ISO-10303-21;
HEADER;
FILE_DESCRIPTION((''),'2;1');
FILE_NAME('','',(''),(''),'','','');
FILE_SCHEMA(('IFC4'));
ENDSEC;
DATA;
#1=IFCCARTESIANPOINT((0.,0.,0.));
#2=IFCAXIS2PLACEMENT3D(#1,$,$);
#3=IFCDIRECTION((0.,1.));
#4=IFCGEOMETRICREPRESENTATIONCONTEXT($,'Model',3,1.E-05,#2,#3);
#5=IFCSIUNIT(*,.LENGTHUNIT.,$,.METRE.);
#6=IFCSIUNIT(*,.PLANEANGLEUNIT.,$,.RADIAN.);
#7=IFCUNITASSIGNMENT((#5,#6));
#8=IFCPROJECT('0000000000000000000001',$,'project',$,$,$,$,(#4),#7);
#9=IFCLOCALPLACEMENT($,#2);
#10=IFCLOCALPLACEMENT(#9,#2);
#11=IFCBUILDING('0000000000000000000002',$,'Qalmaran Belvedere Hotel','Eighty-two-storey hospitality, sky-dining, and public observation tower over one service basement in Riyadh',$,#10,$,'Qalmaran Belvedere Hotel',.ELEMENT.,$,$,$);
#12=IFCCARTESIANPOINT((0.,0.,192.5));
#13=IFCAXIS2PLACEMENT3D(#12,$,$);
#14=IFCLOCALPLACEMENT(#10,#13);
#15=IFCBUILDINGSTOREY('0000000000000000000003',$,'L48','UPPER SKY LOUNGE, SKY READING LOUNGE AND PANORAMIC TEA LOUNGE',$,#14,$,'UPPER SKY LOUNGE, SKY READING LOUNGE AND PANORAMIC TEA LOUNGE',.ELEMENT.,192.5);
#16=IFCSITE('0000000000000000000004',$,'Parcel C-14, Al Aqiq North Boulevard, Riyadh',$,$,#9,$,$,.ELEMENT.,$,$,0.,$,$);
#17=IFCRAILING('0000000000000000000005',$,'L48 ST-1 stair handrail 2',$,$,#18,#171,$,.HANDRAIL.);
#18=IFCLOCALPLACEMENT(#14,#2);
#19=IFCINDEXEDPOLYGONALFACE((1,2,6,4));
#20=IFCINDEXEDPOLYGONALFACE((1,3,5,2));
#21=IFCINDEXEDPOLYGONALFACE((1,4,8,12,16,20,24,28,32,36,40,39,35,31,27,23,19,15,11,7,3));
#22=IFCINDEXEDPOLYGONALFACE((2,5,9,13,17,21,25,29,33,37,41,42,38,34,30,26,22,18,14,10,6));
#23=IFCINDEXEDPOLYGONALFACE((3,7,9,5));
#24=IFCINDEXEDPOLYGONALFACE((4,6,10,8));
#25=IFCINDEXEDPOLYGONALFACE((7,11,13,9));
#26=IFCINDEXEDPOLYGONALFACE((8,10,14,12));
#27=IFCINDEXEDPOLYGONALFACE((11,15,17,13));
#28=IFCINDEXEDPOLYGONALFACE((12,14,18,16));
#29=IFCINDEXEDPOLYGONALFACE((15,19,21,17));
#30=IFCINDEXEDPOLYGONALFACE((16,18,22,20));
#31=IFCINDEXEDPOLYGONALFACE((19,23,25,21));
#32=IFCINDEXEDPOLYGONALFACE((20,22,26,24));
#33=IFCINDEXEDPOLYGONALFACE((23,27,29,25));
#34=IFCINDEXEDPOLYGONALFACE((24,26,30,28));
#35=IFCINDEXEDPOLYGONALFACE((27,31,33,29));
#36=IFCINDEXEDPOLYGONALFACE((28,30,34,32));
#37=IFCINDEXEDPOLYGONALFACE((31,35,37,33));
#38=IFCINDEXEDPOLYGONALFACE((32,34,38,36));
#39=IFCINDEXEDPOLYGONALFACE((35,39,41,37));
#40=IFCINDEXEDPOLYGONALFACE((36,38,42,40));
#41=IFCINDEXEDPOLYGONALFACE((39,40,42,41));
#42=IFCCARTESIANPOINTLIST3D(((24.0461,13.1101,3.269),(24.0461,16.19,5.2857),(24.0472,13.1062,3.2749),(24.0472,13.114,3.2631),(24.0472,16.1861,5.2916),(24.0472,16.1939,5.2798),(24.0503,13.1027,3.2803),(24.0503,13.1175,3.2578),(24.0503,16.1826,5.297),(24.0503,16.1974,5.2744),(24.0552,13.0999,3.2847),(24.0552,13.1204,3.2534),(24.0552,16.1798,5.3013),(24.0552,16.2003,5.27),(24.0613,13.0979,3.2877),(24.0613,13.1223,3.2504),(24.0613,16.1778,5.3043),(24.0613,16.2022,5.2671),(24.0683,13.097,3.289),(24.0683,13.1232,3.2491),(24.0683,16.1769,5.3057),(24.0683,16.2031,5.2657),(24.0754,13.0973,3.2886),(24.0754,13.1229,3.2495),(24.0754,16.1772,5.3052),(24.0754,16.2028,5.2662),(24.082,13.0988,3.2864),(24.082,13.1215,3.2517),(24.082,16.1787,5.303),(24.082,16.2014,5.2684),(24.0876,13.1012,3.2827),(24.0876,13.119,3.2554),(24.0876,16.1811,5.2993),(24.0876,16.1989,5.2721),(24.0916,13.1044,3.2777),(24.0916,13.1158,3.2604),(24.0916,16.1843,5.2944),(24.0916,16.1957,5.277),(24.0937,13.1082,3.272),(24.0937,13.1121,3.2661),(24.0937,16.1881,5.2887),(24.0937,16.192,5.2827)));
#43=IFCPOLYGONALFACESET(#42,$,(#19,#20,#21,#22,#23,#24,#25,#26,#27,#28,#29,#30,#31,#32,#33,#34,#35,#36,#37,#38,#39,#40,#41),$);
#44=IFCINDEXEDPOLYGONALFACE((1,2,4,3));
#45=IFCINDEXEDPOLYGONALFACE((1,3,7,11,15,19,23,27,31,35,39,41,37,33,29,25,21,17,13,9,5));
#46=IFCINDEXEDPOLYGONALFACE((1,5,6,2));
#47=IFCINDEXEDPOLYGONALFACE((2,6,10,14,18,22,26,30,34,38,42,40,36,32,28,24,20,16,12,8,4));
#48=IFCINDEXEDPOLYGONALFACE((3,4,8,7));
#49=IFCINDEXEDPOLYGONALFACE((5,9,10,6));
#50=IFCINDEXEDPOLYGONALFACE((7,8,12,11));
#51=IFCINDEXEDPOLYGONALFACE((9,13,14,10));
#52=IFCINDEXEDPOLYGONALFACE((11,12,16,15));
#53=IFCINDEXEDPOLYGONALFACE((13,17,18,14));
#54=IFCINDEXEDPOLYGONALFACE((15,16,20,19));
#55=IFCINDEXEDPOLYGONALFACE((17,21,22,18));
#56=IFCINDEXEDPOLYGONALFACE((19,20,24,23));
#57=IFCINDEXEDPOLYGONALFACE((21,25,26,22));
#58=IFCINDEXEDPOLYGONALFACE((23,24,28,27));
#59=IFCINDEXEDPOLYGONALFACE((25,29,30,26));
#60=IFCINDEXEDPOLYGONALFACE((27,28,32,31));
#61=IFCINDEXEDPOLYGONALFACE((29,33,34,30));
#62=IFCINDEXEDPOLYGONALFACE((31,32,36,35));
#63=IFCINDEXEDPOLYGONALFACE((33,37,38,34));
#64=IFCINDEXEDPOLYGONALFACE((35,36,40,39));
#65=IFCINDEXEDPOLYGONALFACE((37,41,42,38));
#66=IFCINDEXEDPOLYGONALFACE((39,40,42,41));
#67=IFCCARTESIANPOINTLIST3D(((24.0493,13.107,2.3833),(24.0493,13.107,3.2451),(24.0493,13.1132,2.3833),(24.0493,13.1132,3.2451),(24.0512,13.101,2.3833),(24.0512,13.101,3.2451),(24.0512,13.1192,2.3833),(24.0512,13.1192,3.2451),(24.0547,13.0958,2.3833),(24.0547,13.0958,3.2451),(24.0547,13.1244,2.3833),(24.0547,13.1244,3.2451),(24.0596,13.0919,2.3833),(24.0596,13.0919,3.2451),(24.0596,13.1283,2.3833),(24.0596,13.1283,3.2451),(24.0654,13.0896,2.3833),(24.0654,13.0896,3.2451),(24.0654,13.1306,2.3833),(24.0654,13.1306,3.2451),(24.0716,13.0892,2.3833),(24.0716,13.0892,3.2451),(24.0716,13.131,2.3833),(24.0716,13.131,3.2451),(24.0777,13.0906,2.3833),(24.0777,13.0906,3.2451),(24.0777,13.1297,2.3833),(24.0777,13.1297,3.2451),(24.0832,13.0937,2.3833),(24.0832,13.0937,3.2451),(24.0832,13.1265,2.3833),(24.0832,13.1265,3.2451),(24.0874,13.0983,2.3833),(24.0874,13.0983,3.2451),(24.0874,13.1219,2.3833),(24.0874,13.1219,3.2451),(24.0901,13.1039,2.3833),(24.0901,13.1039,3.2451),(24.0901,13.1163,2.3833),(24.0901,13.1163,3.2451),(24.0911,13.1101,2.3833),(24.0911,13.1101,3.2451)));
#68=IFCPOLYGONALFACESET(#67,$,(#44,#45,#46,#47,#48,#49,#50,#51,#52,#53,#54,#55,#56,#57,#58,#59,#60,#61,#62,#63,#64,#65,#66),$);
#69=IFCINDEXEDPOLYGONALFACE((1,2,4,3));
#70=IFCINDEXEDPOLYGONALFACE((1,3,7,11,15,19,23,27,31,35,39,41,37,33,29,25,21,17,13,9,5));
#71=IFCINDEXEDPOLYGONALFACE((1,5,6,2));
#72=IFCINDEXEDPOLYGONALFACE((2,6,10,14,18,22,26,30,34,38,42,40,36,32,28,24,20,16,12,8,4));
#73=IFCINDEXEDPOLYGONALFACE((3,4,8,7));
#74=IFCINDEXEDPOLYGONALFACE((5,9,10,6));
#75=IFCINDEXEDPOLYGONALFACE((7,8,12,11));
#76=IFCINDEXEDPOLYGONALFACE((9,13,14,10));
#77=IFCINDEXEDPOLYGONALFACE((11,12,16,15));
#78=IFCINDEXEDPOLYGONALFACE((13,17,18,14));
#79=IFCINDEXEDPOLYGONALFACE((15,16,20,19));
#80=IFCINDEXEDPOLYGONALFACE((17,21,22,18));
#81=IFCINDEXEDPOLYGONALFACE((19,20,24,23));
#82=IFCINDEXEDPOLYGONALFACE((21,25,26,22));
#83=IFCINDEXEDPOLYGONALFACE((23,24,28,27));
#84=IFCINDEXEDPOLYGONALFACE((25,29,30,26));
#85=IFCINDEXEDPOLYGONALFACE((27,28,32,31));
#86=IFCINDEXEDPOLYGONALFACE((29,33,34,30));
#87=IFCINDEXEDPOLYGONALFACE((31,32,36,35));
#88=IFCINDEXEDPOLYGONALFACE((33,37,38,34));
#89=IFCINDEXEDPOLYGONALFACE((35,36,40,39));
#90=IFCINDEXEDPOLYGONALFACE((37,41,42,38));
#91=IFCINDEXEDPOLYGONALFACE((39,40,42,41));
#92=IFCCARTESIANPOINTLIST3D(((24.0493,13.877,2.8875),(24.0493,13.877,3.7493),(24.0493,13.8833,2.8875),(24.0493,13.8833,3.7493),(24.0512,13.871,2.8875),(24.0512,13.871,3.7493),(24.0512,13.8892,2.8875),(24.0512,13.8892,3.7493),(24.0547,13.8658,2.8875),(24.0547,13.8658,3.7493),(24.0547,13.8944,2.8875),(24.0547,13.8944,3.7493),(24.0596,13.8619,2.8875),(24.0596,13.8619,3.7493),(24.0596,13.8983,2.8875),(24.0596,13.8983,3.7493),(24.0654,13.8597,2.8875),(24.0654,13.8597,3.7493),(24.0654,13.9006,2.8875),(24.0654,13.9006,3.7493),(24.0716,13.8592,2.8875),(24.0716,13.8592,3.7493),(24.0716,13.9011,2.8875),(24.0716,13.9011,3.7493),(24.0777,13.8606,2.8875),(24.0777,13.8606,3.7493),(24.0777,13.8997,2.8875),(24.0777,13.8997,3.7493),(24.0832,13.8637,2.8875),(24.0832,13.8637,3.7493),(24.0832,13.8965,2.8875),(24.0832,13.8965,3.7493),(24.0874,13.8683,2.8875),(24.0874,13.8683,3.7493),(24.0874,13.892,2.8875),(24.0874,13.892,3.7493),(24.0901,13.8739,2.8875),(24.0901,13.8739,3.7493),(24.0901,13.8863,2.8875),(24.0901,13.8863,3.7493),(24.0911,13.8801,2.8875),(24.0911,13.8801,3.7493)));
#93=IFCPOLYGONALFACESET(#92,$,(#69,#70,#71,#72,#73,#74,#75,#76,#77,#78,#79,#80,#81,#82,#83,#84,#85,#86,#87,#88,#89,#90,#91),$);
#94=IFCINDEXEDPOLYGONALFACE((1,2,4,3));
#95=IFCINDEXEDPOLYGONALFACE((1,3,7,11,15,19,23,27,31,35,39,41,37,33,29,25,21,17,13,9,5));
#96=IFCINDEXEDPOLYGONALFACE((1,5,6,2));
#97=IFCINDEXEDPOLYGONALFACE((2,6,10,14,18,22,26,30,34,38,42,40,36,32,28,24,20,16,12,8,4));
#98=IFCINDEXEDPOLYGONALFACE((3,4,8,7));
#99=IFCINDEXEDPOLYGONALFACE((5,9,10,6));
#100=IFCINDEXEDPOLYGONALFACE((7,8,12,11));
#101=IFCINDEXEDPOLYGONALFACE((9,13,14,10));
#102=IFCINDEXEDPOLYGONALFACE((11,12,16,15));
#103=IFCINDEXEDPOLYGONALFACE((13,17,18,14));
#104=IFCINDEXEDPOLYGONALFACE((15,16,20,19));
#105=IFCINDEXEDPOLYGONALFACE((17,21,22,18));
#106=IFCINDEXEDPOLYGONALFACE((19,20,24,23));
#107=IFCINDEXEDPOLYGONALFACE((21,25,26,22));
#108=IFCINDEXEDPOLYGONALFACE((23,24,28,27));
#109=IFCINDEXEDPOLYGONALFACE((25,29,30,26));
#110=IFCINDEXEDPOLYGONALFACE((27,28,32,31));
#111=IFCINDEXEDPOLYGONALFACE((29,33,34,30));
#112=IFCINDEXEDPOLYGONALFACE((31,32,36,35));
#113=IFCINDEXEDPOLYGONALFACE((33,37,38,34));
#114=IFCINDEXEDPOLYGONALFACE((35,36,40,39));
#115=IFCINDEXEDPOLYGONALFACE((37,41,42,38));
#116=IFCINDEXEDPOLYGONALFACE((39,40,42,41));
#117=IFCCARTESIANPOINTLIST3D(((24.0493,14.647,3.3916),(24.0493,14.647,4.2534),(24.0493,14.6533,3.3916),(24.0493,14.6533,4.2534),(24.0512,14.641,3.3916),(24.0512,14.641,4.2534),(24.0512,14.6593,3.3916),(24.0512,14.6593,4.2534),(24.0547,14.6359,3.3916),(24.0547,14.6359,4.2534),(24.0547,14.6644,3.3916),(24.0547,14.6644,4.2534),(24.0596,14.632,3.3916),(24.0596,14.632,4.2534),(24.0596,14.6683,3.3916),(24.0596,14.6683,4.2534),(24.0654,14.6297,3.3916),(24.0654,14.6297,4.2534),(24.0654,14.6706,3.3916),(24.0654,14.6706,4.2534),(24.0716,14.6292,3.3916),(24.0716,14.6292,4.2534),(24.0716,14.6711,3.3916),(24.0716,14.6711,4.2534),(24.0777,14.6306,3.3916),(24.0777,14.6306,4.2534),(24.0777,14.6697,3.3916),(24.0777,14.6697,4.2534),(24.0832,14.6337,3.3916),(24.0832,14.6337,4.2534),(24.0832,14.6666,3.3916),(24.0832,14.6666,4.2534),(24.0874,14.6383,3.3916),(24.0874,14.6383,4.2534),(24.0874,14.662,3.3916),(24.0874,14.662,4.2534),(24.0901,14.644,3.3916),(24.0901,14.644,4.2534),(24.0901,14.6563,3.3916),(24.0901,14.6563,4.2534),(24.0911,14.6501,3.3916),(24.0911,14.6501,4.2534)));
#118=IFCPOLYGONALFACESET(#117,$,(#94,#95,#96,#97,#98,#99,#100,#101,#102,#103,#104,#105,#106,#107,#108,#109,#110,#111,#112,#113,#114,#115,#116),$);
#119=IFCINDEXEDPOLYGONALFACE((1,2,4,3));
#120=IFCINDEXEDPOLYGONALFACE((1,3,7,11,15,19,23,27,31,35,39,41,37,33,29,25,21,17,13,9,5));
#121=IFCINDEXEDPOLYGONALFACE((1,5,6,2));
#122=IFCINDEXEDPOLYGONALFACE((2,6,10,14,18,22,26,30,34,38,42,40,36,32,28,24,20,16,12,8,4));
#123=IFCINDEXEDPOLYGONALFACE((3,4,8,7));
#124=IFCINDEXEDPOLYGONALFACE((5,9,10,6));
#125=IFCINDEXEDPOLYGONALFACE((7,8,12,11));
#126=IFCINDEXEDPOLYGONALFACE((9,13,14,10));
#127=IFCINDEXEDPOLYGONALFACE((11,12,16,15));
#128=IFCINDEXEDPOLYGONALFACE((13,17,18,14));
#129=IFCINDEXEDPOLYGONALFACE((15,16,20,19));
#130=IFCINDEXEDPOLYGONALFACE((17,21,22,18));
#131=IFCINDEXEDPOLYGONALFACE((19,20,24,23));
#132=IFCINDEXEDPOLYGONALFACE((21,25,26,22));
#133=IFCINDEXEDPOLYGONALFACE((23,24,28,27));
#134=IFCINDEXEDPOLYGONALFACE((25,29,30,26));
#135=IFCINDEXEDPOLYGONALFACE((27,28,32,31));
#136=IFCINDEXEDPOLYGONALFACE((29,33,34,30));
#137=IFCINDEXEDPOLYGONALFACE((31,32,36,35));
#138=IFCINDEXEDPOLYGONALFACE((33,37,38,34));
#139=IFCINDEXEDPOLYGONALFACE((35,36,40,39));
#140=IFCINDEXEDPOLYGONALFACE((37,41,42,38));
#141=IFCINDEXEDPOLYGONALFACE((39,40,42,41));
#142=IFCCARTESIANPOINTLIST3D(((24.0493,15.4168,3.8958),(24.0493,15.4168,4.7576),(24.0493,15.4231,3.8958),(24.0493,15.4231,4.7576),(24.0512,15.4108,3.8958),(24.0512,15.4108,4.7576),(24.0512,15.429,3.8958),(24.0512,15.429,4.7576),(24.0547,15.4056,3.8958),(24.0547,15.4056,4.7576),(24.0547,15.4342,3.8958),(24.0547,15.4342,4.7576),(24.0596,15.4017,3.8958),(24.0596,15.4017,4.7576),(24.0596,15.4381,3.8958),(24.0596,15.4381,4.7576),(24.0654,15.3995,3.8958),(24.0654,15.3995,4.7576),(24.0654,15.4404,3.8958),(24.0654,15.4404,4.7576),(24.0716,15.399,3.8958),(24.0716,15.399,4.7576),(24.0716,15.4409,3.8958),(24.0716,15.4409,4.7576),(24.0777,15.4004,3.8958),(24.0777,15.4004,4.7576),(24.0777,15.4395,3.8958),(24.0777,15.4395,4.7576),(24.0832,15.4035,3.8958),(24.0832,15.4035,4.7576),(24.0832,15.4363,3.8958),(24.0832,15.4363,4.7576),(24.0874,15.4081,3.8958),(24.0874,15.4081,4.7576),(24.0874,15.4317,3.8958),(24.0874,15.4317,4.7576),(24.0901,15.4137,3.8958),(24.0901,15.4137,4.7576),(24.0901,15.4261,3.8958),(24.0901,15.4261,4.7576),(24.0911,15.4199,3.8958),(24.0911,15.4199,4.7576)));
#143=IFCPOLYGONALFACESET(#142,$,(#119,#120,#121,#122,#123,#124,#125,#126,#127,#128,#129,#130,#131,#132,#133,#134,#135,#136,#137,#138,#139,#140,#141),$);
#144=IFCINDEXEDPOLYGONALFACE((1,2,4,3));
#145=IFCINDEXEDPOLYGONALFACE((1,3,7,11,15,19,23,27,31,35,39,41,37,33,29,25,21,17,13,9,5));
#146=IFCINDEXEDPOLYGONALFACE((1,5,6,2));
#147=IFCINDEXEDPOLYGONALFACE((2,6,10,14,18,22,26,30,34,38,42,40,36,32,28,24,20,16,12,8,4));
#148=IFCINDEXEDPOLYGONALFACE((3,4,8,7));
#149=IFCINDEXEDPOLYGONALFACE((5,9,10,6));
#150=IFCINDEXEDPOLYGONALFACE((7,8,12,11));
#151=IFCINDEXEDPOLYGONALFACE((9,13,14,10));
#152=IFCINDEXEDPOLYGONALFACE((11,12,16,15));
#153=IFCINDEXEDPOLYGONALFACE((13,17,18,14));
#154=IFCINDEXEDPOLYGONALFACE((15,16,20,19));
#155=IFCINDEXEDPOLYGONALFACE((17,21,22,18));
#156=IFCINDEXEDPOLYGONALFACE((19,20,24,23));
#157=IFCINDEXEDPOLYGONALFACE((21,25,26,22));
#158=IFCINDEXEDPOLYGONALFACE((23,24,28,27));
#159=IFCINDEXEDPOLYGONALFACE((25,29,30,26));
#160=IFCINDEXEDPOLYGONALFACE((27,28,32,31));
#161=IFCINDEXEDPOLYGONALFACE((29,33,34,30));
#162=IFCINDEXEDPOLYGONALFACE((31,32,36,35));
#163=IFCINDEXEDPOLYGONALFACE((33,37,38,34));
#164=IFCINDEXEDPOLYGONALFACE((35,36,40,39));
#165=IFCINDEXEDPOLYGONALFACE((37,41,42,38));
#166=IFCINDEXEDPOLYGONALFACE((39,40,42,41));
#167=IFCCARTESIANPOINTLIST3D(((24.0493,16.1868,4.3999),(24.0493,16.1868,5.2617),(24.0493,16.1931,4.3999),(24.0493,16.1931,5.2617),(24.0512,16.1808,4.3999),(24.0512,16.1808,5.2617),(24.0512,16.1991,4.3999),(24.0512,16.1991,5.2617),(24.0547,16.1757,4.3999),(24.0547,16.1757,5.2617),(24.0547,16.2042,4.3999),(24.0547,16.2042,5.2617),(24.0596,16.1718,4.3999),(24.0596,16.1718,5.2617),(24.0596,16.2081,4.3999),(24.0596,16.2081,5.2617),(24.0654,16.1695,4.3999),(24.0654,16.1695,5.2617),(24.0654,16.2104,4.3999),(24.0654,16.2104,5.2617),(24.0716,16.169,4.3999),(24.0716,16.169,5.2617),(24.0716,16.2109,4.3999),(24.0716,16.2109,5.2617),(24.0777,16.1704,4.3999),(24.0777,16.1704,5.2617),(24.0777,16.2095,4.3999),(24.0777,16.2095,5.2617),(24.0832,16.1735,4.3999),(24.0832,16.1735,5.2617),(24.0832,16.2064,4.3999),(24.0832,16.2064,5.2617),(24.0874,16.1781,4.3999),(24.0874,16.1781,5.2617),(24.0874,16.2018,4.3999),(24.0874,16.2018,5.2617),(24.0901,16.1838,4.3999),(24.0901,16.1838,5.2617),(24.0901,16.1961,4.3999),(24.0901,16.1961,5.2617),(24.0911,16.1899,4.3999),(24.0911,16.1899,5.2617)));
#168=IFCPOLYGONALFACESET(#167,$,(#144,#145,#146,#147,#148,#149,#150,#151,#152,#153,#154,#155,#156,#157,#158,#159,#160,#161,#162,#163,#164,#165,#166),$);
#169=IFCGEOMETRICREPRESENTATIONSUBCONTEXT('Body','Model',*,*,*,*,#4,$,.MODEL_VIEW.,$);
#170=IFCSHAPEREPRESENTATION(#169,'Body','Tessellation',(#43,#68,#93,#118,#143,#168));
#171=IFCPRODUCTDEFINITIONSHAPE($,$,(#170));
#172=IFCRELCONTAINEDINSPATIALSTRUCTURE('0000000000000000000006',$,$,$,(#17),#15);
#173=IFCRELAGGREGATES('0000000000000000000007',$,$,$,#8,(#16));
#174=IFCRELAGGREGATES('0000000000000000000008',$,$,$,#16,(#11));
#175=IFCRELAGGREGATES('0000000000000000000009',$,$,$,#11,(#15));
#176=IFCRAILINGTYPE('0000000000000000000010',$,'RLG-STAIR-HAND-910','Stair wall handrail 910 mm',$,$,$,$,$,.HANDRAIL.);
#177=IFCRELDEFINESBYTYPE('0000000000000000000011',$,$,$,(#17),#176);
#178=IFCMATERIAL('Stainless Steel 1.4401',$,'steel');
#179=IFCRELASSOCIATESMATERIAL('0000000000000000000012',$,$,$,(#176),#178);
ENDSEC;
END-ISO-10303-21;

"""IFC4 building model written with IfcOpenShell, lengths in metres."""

from ifc_helpers import new_model, si_unit, direction, frame, origin, origin_2d, place, context, subcontext, project, spatial, circle, extrude, material, type_object, element, save


model = new_model("IFC4")

# Units and contexts
model_context = context("Model", 3, precision=1e-05, world=origin(), true_north=direction((0.0, 1.0)))
body_context = subcontext(model_context, "Body", "Model", "MODEL_VIEW")
ifc_project = project(units=[si_unit("LENGTHUNIT", "METRE"), si_unit("PLANEANGLEUNIT", "RADIAN")], contexts=[model_context])

# Site, building, storey
site_placement = place(None, origin())
site = spatial("IfcSite", under=ifc_project, at=site_placement, Name="Parcel C-14, Al Aqiq North Boulevard, Riyadh", CompositionType="ELEMENT", RefElevation=0.0)
building_placement = place(site_placement, origin())
building = spatial("IfcBuilding", under=site, at=building_placement, Name="Qalmaran Belvedere Hotel", Description="Eighty-two-storey hospitality, sky-dining, and public observation tower over one service basement in Riyadh", LongName="Qalmaran Belvedere Hotel", CompositionType="ELEMENT")
storey_placement = place(building_placement, frame((0.0, 0.0, 192.5)))
storey = spatial("IfcBuildingStorey", under=building, at=storey_placement, Name="L48", Description="UPPER SKY LOUNGE, SKY READING LOUNGE AND PANORAMIC TEA LOUNGE", LongName="UPPER SKY LOUNGE, SKY READING LOUNGE AND PANORAMIC TEA LOUNGE", CompositionType="ELEMENT", Elevation=192.5)

# Railing
ifc_material_1 = material(Name="Stainless Steel 1.4401", Category="steel")
railing_type_1 = type_object("IfcRailingType", Name="RLG-STAIR-HAND-910", Description="Stair wall handrail 910 mm", PredefinedType="HANDRAIL", material=ifc_material_1)
railing_1_placement = place(storey_placement, frame((24.0701, 13.1101, 2.3833)))
element("IfcRailing", 1, at=railing_1_placement, inside=storey, type_object=railing_type_1, Name="L48 ST-1 stair handrail 2", PredefinedType="HANDRAIL", context=body_context, shape_type="SweptSolid", body=[
    extrude(circle(Radius=0.0239, at=origin_2d()), frame((0.0, 0.0, 0.8857), z_axis=(0.0, 0.836613, 0.547794), x_axis=(-1.0, 0.0, 0.0)), (0.0, 0.0, 1.0), 3.6814),
    extrude(circle(Radius=0.021, at=origin_2d()), origin(), (0.0, 0.0, 1.0), 0.8618),
    extrude(circle(Radius=0.021, at=origin_2d()), frame((0.0, 0.77, 0.5042)), (0.0, 0.0, 1.0), 0.8618),
    extrude(circle(Radius=0.021, at=origin_2d()), frame((0.0, 1.54, 1.0083)), (0.0, 0.0, 1.0), 0.8618),
    extrude(circle(Radius=0.021, at=origin_2d()), frame((0.0, 2.3098, 1.5125)), (0.0, 0.0, 1.0), 0.8618),
    extrude(circle(Radius=0.021, at=origin_2d()), frame((0.0, 3.0798, 2.0166)), (0.0, 0.0, 1.0), 0.8618),
])

save(model, "model.ifc")
